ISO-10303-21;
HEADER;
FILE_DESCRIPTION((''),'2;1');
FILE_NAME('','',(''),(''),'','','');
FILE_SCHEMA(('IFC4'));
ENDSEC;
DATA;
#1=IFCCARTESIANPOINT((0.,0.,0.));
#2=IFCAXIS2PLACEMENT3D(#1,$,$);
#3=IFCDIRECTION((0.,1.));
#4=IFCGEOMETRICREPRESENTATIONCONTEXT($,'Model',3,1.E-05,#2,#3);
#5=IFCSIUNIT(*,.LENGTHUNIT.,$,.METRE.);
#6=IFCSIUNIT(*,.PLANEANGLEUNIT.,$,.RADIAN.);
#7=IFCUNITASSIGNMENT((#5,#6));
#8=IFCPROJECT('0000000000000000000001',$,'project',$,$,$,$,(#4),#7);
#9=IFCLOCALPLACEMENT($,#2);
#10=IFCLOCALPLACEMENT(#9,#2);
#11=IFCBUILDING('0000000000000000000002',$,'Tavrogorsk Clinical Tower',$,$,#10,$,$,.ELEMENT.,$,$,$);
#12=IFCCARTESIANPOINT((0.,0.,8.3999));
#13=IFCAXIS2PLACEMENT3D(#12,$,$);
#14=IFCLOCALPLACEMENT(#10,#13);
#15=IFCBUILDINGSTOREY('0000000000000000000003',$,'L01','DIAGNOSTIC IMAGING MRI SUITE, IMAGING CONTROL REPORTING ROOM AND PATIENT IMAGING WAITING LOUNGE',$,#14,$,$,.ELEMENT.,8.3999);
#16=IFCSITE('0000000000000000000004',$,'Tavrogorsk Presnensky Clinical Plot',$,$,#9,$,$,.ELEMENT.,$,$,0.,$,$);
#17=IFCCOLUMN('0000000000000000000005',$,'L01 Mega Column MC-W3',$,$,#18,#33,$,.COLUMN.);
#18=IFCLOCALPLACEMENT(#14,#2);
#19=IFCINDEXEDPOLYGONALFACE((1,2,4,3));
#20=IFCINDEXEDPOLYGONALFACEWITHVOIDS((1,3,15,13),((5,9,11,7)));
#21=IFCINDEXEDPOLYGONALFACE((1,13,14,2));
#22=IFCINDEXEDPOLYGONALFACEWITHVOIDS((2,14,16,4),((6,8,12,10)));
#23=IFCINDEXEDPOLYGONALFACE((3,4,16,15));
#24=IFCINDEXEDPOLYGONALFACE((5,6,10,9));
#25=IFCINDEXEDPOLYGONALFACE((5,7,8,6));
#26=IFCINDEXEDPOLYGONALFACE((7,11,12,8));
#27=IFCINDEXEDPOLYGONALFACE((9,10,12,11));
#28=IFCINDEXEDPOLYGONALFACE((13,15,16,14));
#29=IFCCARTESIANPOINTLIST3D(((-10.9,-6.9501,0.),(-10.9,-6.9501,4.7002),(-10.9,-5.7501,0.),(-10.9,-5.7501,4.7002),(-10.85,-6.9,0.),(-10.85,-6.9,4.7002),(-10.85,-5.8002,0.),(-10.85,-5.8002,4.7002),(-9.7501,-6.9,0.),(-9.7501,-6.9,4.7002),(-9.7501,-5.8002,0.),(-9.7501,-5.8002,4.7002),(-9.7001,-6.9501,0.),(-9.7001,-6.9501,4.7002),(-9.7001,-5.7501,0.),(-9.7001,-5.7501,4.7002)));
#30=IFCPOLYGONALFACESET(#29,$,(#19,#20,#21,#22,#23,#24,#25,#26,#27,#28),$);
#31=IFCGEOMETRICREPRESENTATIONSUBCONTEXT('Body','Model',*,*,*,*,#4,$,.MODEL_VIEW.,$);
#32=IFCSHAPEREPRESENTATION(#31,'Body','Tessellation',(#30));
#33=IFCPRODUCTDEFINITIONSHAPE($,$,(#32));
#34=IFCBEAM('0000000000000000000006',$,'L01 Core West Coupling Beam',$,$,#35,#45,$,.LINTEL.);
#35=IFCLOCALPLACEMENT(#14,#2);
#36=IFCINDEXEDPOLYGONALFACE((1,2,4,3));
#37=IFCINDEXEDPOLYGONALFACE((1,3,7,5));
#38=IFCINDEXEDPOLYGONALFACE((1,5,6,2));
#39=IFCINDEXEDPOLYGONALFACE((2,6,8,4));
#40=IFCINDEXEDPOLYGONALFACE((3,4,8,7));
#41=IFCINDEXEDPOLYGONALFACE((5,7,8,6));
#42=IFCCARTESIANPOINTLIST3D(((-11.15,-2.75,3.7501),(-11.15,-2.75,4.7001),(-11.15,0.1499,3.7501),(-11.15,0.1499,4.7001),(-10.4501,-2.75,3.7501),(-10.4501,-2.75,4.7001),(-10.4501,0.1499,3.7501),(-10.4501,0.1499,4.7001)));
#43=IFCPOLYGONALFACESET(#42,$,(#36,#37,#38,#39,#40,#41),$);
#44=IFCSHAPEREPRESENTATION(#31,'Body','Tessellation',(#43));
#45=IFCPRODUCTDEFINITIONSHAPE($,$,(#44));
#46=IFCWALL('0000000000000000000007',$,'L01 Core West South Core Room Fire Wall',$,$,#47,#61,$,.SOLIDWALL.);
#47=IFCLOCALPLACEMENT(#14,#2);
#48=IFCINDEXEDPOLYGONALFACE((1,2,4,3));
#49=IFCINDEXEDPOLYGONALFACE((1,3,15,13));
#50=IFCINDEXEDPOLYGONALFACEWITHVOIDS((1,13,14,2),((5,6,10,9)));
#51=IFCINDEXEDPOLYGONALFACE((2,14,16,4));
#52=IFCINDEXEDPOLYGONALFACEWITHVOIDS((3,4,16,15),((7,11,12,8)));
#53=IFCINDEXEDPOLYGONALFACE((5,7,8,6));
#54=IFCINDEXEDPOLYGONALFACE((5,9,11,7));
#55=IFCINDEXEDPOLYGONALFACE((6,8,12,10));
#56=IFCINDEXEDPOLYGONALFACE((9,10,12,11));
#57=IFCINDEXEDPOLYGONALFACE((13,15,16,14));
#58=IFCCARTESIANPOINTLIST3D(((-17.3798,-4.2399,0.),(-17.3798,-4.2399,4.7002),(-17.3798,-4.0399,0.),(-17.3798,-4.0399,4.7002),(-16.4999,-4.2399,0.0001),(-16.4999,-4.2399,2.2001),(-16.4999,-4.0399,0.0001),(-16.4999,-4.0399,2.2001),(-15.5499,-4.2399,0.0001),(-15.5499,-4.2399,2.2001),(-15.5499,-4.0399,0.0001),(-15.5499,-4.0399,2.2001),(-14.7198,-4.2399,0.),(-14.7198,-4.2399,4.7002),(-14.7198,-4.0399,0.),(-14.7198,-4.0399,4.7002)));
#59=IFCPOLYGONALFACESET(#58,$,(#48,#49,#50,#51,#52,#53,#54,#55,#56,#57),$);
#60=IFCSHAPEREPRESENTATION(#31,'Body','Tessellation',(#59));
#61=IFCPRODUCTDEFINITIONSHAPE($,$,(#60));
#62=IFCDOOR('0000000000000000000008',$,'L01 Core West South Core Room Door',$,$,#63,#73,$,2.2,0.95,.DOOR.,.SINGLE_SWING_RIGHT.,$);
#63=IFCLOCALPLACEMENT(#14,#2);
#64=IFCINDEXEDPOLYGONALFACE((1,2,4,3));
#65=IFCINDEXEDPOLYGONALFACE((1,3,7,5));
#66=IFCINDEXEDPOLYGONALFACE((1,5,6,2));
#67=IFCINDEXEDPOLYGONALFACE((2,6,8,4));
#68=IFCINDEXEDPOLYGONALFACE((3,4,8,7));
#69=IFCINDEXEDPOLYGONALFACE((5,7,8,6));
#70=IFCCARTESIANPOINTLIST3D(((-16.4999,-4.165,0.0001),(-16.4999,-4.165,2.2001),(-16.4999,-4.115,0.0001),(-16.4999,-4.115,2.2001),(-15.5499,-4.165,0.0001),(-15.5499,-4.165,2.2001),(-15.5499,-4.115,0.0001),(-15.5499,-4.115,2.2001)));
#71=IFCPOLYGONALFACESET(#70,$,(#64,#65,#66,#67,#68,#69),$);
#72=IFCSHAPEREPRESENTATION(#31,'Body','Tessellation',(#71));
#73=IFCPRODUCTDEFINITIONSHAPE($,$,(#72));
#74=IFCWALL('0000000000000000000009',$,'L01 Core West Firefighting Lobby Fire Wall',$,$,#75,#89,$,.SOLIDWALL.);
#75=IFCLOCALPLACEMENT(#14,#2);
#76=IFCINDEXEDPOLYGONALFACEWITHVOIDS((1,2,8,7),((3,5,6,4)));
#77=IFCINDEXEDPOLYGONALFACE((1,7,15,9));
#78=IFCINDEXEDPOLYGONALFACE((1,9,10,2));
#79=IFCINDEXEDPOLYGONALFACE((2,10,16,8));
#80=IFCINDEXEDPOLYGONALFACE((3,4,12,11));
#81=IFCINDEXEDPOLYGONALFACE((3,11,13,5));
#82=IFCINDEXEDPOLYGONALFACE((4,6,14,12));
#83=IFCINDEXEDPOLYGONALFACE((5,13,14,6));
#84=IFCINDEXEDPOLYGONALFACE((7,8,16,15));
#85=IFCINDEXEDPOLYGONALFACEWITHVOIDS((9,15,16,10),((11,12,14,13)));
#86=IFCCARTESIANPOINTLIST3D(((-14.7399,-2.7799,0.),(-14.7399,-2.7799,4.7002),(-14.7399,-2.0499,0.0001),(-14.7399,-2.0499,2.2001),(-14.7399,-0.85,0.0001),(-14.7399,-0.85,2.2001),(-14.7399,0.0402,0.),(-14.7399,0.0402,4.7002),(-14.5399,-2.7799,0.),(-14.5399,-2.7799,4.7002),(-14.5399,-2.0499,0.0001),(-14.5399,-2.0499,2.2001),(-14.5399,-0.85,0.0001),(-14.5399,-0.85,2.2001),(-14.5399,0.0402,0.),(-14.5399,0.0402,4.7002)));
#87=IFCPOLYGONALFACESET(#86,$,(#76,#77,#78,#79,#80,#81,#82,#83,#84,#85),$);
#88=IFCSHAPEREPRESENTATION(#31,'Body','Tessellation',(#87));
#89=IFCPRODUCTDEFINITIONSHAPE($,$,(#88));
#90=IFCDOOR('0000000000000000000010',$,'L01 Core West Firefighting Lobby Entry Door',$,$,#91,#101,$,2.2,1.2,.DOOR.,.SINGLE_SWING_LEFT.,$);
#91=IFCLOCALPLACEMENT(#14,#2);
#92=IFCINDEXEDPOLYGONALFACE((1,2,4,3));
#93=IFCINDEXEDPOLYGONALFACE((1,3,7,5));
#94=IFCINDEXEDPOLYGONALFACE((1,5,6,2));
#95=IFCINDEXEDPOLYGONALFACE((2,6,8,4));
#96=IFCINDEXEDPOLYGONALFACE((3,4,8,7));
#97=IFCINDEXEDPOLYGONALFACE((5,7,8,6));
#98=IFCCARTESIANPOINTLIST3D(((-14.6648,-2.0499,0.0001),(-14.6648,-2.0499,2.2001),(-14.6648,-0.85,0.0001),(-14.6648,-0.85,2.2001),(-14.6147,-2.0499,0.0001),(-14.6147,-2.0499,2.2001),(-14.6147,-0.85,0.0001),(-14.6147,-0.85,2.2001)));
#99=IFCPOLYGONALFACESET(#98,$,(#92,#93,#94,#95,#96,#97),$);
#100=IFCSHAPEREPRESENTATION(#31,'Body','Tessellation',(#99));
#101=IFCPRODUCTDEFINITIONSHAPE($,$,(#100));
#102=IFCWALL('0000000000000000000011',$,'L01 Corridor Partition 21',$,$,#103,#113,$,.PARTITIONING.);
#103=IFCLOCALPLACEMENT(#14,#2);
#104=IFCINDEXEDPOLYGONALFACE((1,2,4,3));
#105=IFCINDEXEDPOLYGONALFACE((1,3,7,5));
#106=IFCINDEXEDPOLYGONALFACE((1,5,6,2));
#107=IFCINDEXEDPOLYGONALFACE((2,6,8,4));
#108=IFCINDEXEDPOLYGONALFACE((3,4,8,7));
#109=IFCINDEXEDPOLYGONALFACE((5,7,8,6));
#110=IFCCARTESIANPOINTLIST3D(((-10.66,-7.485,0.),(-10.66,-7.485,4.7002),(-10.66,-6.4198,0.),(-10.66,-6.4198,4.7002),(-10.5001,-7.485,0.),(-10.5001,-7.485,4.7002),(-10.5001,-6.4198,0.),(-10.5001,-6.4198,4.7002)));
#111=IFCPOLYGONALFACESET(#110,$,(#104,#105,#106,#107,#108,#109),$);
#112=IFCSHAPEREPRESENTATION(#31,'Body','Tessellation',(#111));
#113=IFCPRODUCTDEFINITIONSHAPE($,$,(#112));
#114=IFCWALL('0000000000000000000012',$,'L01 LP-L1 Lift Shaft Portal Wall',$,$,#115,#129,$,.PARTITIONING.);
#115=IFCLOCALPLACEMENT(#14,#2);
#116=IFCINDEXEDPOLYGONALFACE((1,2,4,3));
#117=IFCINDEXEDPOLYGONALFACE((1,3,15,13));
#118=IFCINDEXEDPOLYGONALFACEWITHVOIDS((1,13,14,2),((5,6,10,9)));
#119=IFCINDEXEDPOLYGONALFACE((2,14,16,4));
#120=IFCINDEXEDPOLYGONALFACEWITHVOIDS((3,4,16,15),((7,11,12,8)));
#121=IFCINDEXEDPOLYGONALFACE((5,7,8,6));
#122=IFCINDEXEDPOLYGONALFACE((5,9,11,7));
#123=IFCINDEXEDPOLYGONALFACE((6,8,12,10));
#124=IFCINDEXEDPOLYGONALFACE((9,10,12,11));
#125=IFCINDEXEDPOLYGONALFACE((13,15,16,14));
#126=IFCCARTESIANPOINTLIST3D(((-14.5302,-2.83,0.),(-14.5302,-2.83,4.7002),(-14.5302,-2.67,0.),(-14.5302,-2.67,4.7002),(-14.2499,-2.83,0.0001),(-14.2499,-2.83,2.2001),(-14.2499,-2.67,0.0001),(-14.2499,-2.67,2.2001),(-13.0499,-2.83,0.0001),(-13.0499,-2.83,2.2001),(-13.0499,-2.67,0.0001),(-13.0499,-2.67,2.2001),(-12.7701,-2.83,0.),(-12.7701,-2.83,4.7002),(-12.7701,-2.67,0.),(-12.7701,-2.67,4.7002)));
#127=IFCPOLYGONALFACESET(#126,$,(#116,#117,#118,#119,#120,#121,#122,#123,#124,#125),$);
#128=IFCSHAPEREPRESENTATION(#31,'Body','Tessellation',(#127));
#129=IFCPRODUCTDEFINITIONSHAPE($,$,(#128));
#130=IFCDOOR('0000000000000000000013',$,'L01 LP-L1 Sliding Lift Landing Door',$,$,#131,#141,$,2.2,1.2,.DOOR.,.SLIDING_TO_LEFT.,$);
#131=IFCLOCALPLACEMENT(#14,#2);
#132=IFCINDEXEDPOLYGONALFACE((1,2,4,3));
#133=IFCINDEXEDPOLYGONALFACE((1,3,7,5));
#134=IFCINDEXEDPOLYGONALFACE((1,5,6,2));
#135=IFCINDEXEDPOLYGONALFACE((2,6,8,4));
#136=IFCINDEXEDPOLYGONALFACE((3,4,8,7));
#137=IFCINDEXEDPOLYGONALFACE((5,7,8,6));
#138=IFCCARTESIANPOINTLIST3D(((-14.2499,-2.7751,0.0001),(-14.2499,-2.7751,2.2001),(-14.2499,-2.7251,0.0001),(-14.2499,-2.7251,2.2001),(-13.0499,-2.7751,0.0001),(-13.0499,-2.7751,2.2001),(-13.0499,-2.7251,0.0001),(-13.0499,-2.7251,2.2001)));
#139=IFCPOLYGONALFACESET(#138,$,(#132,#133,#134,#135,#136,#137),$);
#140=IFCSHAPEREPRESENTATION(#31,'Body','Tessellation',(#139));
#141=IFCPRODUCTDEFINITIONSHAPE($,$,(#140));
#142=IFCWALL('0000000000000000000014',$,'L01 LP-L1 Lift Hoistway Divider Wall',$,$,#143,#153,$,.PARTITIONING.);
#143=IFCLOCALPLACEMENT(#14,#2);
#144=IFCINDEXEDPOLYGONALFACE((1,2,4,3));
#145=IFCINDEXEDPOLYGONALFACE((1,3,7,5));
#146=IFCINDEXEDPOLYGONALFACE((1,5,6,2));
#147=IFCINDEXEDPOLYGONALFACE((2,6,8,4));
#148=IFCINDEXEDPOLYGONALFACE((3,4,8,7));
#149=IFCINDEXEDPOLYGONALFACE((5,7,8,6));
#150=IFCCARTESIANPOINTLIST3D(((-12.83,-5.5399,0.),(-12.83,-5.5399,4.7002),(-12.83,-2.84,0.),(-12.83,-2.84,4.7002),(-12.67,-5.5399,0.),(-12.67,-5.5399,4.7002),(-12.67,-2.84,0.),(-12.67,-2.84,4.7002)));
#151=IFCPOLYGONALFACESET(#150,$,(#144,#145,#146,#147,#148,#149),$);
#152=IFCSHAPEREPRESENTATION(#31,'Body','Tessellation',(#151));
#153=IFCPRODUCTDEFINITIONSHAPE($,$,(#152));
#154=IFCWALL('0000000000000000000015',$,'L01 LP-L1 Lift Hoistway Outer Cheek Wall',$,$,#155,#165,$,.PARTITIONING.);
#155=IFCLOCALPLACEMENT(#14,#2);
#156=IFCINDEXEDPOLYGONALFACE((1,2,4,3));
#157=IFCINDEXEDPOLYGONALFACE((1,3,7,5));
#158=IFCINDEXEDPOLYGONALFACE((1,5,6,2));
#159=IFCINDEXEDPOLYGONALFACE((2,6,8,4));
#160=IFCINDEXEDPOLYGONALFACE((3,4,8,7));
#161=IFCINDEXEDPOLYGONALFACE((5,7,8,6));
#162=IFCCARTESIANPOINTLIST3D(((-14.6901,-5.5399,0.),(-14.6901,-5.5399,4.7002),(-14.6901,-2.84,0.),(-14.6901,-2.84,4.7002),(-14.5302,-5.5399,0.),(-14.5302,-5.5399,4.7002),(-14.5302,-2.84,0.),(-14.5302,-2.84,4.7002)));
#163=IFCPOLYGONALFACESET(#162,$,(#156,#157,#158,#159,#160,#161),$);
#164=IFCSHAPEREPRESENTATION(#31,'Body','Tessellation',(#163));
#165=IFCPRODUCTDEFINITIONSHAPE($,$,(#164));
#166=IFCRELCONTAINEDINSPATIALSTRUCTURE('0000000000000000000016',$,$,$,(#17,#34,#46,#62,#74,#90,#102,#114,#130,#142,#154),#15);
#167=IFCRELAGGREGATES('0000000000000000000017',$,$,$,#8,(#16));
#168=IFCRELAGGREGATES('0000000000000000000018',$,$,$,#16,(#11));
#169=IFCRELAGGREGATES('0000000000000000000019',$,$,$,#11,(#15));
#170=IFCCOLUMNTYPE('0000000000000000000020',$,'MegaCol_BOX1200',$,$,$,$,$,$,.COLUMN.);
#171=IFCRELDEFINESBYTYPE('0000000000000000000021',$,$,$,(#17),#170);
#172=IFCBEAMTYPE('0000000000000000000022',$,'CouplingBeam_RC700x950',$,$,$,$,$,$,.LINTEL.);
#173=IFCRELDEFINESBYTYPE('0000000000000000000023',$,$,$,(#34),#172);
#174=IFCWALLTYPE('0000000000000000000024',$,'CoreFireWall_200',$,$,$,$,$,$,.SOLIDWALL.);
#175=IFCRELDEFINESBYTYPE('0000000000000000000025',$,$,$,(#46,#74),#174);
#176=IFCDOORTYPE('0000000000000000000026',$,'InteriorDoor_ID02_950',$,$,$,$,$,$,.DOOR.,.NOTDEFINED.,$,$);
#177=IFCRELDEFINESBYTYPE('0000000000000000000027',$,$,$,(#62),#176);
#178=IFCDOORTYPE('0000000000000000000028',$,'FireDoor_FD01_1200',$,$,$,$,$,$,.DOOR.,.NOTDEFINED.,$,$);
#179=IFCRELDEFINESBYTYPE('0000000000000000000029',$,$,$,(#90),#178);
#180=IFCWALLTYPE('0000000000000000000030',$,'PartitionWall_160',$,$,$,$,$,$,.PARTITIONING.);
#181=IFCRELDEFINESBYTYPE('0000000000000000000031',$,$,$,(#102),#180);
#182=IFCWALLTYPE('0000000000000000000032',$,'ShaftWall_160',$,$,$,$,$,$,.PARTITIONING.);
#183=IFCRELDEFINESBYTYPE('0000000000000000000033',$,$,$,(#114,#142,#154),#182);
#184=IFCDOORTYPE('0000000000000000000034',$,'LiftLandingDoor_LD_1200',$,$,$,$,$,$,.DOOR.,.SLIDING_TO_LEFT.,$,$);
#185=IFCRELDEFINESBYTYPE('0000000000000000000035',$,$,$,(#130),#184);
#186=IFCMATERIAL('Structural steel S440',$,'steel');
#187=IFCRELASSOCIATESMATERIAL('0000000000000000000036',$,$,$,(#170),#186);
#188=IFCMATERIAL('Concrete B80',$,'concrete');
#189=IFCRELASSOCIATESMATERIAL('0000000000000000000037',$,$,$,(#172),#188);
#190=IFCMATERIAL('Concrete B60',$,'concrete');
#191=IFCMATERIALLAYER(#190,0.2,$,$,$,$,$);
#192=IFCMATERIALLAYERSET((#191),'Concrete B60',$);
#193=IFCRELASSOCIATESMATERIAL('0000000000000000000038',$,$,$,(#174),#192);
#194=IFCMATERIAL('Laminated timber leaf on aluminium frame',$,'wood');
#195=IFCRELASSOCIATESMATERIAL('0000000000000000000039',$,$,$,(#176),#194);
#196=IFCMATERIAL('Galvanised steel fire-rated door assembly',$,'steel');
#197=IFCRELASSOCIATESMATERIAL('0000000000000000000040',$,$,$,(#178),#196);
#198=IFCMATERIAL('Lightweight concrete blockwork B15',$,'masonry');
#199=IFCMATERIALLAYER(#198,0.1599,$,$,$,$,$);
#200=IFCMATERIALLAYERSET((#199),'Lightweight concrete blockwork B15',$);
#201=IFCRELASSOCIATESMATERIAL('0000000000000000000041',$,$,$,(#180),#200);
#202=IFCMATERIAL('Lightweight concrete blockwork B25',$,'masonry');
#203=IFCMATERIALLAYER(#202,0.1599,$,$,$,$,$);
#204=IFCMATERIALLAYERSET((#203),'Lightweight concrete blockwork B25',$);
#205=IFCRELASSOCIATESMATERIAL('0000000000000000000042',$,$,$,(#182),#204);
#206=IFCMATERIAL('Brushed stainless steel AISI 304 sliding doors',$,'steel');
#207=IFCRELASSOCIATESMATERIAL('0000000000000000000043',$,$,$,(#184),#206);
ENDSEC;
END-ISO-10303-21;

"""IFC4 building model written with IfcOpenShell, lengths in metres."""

from ifc_helpers import new_model, si_unit, direction, frame, frame_2d, origin, origin_2d, place, context, subcontext, project, spatial, rectangle, hollow_rectangle, extrude, material, layer, layer_set, material_profile, profile_set, type_object, element, fill, save


model = new_model("IFC4")

# Units and contexts
model_context = context("Model", 3, precision=1e-05, world=origin(), true_north=direction((0.0, 1.0)))
body_context = subcontext(model_context, "Body", "Model", "MODEL_VIEW")
ifc_project = project(units=[si_unit("LENGTHUNIT", "METRE"), si_unit("PLANEANGLEUNIT", "RADIAN")], contexts=[model_context])

# Site, building, storey
site_placement = place(None, origin())
site = spatial("IfcSite", under=ifc_project, at=site_placement, Name="Tavrogorsk Presnensky Clinical Plot", CompositionType="ELEMENT", RefElevation=0.0)
building_placement = place(site_placement, origin())
building = spatial("IfcBuilding", under=site, at=building_placement, Name="Tavrogorsk Clinical Tower", CompositionType="ELEMENT")
storey_placement = place(building_placement, frame((0.0, 0.0, 8.3999)))
storey = spatial("IfcBuildingStorey", under=building, at=storey_placement, Name="L01", Description="DIAGNOSTIC IMAGING MRI SUITE, IMAGING CONTROL REPORTING ROOM AND PATIENT IMAGING WAITING LOUNGE", CompositionType="ELEMENT", Elevation=8.3999)

# Column
ifc_material_1 = material(Name="Structural steel S440", Category="steel")
ifc_material_profile_1 = material_profile(ifc_material_1, hollow_rectangle(XDim=1.2, YDim=1.2, WallThickness=0.05, at=origin_2d()), Name="BOX-1200x1200x50")
ifc_profile_set_1 = profile_set([ifc_material_profile_1], Name="Structural steel S440")
column_type = type_object("IfcColumnType", Name="MegaCol_BOX1200", PredefinedType="COLUMN", material=ifc_profile_set_1)
column_placement = place(storey_placement, frame((-10.3, -6.3501, 0.0), z_axis=(0.0, 0.0, 1.0), x_axis=(1.0, 0.0, 0.0)))
element("IfcColumn", 1, at=column_placement, inside=storey, type_object=column_type, Name="L01 Mega Column MC-W3", PredefinedType="COLUMN", context=body_context, shape_type="SweptSolid", body=[
    extrude(hollow_rectangle(XDim=1.2, YDim=1.2, WallThickness=0.05, at=origin_2d()), origin(), (0.0, 0.0, 1.0), 4.7002),
])

# Beam
ifc_material_2 = material(Name="Concrete B80", Category="concrete")
ifc_material_profile_2 = material_profile(ifc_material_2, rectangle(XDim=0.7, YDim=0.95, at=origin_2d()), Name="RC-CB-700x950")
ifc_profile_set_2 = profile_set([ifc_material_profile_2], Name="Concrete B80")
beam_type = type_object("IfcBeamType", Name="CouplingBeam_RC700x950", PredefinedType="LINTEL", material=ifc_profile_set_2)
beam_placement = place(storey_placement, frame((-10.8, -2.75, 4.2251), z_axis=(0.0, 1.0, 0.0), x_axis=(-1.0, 0.0, 0.0)))
element("IfcBeam", 2, at=beam_placement, inside=storey, type_object=beam_type, Name="L01 Core West Coupling Beam", PredefinedType="LINTEL", context=body_context, shape_type="SweptSolid", body=[
    extrude(rectangle(XDim=0.7, YDim=0.95, at=origin_2d()), origin(), (0.0, 0.0, 1.0), 2.8999),
])

# Walls, openings, doors
ifc_material_3 = material(Name="Concrete B60", Category="concrete")
ifc_layer_1 = layer(ifc_material_3, 0.2)
ifc_layer_set_1 = layer_set([ifc_layer_1], Name="Concrete B60")
wall_type_1 = type_object("IfcWallType", Name="CoreFireWall_200", PredefinedType="SOLIDWALL", material=ifc_layer_set_1)
wall_1_placement = place(storey_placement, frame((-17.3799, -4.1399, 0.0), z_axis=(0.0, 0.0, 1.0), x_axis=(1.0, 0.0, 0.0)))
wall_1 = element("IfcWall", 3, at=wall_1_placement, inside=storey, type_object=wall_type_1, Name="L01 Core West South Core Room Fire Wall", PredefinedType="SOLIDWALL", context=body_context, shape_type="SweptSolid", body=[
    extrude(rectangle(XDim=2.6599, YDim=0.2, at=frame_2d((1.3301, 0.0))), origin(), (0.0, 0.0, 1.0), 4.7002),
])
opening_1_placement = place(wall_1_placement, frame((0.8799, 0.0, 0.0)))
opening_1 = element("IfcOpeningElement", 4, at=opening_1_placement, cuts=wall_1, PredefinedType="OPENING", context=body_context, shape_type="SweptSolid", body=[
    extrude(rectangle(XDim=0.95, YDim=2.2, at=frame_2d((0.4751, 1.1001))), frame((0.0, 0.1099, 0.0), z_axis=(0.0, -1.0, 0.0), x_axis=(1.0, 0.0, 0.0)), (0.0, 0.0, 1.0), 0.22),
])
ifc_material_4 = material(Name="Laminated timber leaf on aluminium frame", Category="wood")
door_type_1 = type_object("IfcDoorType", Name="InteriorDoor_ID02_950", OperationType="NOTDEFINED", PredefinedType="DOOR", material=ifc_material_4)
door_1_placement = place(opening_1_placement, origin())
door_1 = element("IfcDoor", 5, at=door_1_placement, inside=storey, type_object=door_type_1, Name="L01 Core West South Core Room Door", OperationType="SINGLE_SWING_RIGHT", OverallHeight=2.2, OverallWidth=0.95, PredefinedType="DOOR", context=body_context, shape_type="SweptSolid", body=[
    extrude(rectangle(XDim=0.95, YDim=2.2, at=frame_2d((0.4751, 1.1001))), frame((0.0, 0.0249, 0.0), z_axis=(0.0, -1.0, 0.0), x_axis=(1.0, 0.0, 0.0)), (0.0, 0.0, 1.0), 0.05),
])
fill(opening_1, door_1)
wall_2_placement = place(storey_placement, frame((-14.6399, -2.78, 0.0), z_axis=(0.0, 0.0, 1.0), x_axis=(0.0, 1.0, 0.0)))
wall_2 = element("IfcWall", 6, at=wall_2_placement, inside=storey, type_object=wall_type_1, Name="L01 Core West Firefighting Lobby Fire Wall", PredefinedType="SOLIDWALL", context=body_context, shape_type="SweptSolid", body=[
    extrude(rectangle(XDim=2.8201, YDim=0.2, at=frame_2d((1.4102, 0.0))), origin(), (0.0, 0.0, 1.0), 4.7002),
])
opening_2_placement = place(wall_2_placement, frame((0.73, 0.0, 0.0)))
opening_2 = element("IfcOpeningElement", 7, at=opening_2_placement, cuts=wall_2, PredefinedType="OPENING", context=body_context, shape_type="SweptSolid", body=[
    extrude(rectangle(XDim=1.2, YDim=2.2, at=frame_2d((0.6001, 1.1001))), frame((0.0, 0.1099, 0.0), z_axis=(0.0, -1.0, 0.0), x_axis=(1.0, 0.0, 0.0)), (0.0, 0.0, 1.0), 0.22),
])
ifc_material_5 = material(Name="Galvanised steel fire-rated door assembly", Category="steel")
door_type_2 = type_object("IfcDoorType", Name="FireDoor_FD01_1200", OperationType="NOTDEFINED", PredefinedType="DOOR", material=ifc_material_5)
door_2_placement = place(opening_2_placement, origin())
door_2 = element("IfcDoor", 8, at=door_2_placement, inside=storey, type_object=door_type_2, Name="L01 Core West Firefighting Lobby Entry Door", OperationType="SINGLE_SWING_LEFT", OverallHeight=2.2, OverallWidth=1.2, PredefinedType="DOOR", context=body_context, shape_type="SweptSolid", body=[
    extrude(rectangle(XDim=1.2, YDim=2.2, at=frame_2d((0.6001, 1.1001))), frame((0.0, 0.0249, 0.0), z_axis=(0.0, -1.0, 0.0), x_axis=(1.0, 0.0, 0.0)), (0.0, 0.0, 1.0), 0.05),
])
fill(opening_2, door_2)

# Wall
ifc_material_6 = material(Name="Lightweight concrete blockwork B15", Category="masonry")
ifc_layer_2 = layer(ifc_material_6, 0.1599)
ifc_layer_set_2 = layer_set([ifc_layer_2], Name="Lightweight concrete blockwork B15")
wall_type_2 = type_object("IfcWallType", Name="PartitionWall_160", PredefinedType="PARTITIONING", material=ifc_layer_set_2)
wall_3_placement = place(storey_placement, frame((-10.5801, -7.4851, 0.0), z_axis=(0.0, 0.0, 1.0), x_axis=(0.0, 1.0, 0.0)))
element("IfcWall", 9, at=wall_3_placement, inside=storey, type_object=wall_type_2, Name="L01 Corridor Partition 21", PredefinedType="PARTITIONING", context=body_context, shape_type="SweptSolid", body=[
    extrude(rectangle(XDim=1.0652, YDim=0.1599, at=frame_2d((0.5327, 0.0))), origin(), (0.0, 0.0, 1.0), 4.7002),
])

# Wall, opening, door
ifc_material_7 = material(Name="Lightweight concrete blockwork B25", Category="masonry")
ifc_layer_3 = layer(ifc_material_7, 0.1599)
ifc_layer_set_3 = layer_set([ifc_layer_3], Name="Lightweight concrete blockwork B25")
wall_type_3 = type_object("IfcWallType", Name="ShaftWall_160", PredefinedType="PARTITIONING", material=ifc_layer_set_3)
wall_4_placement = place(storey_placement, frame((-14.53, -2.75, 0.0), z_axis=(0.0, 0.0, 1.0), x_axis=(1.0, 0.0, 0.0)))
wall_4 = element("IfcWall", 10, at=wall_4_placement, inside=storey, type_object=wall_type_3, Name="L01 LP-L1 Lift Shaft Portal Wall", PredefinedType="PARTITIONING", context=body_context, shape_type="SweptSolid", body=[
    extrude(rectangle(XDim=1.76, YDim=0.1599, at=frame_2d((0.8799, 0.0))), origin(), (0.0, 0.0, 1.0), 4.7002),
])
opening_3_placement = place(wall_4_placement, frame((0.28, 0.0, 0.0)))
opening_3 = element("IfcOpeningElement", 11, at=opening_3_placement, cuts=wall_4, PredefinedType="OPENING", context=body_context, shape_type="SweptSolid", body=[
    extrude(rectangle(XDim=1.2, YDim=2.2, at=frame_2d((0.6001, 1.1001))), frame((0.0, 0.0898, 0.0), z_axis=(0.0, -1.0, 0.0), x_axis=(1.0, 0.0, 0.0)), (0.0, 0.0, 1.0), 0.1799),
])
ifc_material_8 = material(Name="Brushed stainless steel AISI 304 sliding doors", Category="steel")
door_type_3 = type_object("IfcDoorType", Name="LiftLandingDoor_LD_1200", OperationType="SLIDING_TO_LEFT", PredefinedType="DOOR", material=ifc_material_8)
door_3_placement = place(opening_3_placement, origin())
door_3 = element("IfcDoor", 12, at=door_3_placement, inside=storey, type_object=door_type_3, Name="L01 LP-L1 Sliding Lift Landing Door", OperationType="SLIDING_TO_LEFT", OverallHeight=2.2, OverallWidth=1.2, PredefinedType="DOOR", context=body_context, shape_type="SweptSolid", body=[
    extrude(rectangle(XDim=1.2, YDim=2.2, at=frame_2d((0.6001, 1.1001))), frame((0.0, 0.0249, 0.0), z_axis=(0.0, -1.0, 0.0), x_axis=(1.0, 0.0, 0.0)), (0.0, 0.0, 1.0), 0.05),
])
fill(opening_3, door_3)

# Walls
for number, where, z_axis, x_axis, name in (
    (13, (-12.75, -5.54, 0.0), (0.0, 0.0, 1.0), (0.0, 1.0, 0.0), "L01 LP-L1 Lift Hoistway Divider Wall"),
    (14, (-14.6101, -5.54, 0.0), (0.0, 0.0, 1.0), (0.0, 1.0, 0.0), "L01 LP-L1 Lift Hoistway Outer Cheek Wall"),
):
    element("IfcWall", number, at=place(storey_placement, frame(where, z_axis=z_axis, x_axis=x_axis)), inside=storey, type_object=wall_type_3, Name=name, PredefinedType="PARTITIONING", context=body_context, shape_type="SweptSolid", body=[
        extrude(rectangle(XDim=2.7, YDim=0.1599, at=frame_2d((1.3501, 0.0))), origin(), (0.0, 0.0, 1.0), 4.7002),
    ])

save(model, "model.ifc")
